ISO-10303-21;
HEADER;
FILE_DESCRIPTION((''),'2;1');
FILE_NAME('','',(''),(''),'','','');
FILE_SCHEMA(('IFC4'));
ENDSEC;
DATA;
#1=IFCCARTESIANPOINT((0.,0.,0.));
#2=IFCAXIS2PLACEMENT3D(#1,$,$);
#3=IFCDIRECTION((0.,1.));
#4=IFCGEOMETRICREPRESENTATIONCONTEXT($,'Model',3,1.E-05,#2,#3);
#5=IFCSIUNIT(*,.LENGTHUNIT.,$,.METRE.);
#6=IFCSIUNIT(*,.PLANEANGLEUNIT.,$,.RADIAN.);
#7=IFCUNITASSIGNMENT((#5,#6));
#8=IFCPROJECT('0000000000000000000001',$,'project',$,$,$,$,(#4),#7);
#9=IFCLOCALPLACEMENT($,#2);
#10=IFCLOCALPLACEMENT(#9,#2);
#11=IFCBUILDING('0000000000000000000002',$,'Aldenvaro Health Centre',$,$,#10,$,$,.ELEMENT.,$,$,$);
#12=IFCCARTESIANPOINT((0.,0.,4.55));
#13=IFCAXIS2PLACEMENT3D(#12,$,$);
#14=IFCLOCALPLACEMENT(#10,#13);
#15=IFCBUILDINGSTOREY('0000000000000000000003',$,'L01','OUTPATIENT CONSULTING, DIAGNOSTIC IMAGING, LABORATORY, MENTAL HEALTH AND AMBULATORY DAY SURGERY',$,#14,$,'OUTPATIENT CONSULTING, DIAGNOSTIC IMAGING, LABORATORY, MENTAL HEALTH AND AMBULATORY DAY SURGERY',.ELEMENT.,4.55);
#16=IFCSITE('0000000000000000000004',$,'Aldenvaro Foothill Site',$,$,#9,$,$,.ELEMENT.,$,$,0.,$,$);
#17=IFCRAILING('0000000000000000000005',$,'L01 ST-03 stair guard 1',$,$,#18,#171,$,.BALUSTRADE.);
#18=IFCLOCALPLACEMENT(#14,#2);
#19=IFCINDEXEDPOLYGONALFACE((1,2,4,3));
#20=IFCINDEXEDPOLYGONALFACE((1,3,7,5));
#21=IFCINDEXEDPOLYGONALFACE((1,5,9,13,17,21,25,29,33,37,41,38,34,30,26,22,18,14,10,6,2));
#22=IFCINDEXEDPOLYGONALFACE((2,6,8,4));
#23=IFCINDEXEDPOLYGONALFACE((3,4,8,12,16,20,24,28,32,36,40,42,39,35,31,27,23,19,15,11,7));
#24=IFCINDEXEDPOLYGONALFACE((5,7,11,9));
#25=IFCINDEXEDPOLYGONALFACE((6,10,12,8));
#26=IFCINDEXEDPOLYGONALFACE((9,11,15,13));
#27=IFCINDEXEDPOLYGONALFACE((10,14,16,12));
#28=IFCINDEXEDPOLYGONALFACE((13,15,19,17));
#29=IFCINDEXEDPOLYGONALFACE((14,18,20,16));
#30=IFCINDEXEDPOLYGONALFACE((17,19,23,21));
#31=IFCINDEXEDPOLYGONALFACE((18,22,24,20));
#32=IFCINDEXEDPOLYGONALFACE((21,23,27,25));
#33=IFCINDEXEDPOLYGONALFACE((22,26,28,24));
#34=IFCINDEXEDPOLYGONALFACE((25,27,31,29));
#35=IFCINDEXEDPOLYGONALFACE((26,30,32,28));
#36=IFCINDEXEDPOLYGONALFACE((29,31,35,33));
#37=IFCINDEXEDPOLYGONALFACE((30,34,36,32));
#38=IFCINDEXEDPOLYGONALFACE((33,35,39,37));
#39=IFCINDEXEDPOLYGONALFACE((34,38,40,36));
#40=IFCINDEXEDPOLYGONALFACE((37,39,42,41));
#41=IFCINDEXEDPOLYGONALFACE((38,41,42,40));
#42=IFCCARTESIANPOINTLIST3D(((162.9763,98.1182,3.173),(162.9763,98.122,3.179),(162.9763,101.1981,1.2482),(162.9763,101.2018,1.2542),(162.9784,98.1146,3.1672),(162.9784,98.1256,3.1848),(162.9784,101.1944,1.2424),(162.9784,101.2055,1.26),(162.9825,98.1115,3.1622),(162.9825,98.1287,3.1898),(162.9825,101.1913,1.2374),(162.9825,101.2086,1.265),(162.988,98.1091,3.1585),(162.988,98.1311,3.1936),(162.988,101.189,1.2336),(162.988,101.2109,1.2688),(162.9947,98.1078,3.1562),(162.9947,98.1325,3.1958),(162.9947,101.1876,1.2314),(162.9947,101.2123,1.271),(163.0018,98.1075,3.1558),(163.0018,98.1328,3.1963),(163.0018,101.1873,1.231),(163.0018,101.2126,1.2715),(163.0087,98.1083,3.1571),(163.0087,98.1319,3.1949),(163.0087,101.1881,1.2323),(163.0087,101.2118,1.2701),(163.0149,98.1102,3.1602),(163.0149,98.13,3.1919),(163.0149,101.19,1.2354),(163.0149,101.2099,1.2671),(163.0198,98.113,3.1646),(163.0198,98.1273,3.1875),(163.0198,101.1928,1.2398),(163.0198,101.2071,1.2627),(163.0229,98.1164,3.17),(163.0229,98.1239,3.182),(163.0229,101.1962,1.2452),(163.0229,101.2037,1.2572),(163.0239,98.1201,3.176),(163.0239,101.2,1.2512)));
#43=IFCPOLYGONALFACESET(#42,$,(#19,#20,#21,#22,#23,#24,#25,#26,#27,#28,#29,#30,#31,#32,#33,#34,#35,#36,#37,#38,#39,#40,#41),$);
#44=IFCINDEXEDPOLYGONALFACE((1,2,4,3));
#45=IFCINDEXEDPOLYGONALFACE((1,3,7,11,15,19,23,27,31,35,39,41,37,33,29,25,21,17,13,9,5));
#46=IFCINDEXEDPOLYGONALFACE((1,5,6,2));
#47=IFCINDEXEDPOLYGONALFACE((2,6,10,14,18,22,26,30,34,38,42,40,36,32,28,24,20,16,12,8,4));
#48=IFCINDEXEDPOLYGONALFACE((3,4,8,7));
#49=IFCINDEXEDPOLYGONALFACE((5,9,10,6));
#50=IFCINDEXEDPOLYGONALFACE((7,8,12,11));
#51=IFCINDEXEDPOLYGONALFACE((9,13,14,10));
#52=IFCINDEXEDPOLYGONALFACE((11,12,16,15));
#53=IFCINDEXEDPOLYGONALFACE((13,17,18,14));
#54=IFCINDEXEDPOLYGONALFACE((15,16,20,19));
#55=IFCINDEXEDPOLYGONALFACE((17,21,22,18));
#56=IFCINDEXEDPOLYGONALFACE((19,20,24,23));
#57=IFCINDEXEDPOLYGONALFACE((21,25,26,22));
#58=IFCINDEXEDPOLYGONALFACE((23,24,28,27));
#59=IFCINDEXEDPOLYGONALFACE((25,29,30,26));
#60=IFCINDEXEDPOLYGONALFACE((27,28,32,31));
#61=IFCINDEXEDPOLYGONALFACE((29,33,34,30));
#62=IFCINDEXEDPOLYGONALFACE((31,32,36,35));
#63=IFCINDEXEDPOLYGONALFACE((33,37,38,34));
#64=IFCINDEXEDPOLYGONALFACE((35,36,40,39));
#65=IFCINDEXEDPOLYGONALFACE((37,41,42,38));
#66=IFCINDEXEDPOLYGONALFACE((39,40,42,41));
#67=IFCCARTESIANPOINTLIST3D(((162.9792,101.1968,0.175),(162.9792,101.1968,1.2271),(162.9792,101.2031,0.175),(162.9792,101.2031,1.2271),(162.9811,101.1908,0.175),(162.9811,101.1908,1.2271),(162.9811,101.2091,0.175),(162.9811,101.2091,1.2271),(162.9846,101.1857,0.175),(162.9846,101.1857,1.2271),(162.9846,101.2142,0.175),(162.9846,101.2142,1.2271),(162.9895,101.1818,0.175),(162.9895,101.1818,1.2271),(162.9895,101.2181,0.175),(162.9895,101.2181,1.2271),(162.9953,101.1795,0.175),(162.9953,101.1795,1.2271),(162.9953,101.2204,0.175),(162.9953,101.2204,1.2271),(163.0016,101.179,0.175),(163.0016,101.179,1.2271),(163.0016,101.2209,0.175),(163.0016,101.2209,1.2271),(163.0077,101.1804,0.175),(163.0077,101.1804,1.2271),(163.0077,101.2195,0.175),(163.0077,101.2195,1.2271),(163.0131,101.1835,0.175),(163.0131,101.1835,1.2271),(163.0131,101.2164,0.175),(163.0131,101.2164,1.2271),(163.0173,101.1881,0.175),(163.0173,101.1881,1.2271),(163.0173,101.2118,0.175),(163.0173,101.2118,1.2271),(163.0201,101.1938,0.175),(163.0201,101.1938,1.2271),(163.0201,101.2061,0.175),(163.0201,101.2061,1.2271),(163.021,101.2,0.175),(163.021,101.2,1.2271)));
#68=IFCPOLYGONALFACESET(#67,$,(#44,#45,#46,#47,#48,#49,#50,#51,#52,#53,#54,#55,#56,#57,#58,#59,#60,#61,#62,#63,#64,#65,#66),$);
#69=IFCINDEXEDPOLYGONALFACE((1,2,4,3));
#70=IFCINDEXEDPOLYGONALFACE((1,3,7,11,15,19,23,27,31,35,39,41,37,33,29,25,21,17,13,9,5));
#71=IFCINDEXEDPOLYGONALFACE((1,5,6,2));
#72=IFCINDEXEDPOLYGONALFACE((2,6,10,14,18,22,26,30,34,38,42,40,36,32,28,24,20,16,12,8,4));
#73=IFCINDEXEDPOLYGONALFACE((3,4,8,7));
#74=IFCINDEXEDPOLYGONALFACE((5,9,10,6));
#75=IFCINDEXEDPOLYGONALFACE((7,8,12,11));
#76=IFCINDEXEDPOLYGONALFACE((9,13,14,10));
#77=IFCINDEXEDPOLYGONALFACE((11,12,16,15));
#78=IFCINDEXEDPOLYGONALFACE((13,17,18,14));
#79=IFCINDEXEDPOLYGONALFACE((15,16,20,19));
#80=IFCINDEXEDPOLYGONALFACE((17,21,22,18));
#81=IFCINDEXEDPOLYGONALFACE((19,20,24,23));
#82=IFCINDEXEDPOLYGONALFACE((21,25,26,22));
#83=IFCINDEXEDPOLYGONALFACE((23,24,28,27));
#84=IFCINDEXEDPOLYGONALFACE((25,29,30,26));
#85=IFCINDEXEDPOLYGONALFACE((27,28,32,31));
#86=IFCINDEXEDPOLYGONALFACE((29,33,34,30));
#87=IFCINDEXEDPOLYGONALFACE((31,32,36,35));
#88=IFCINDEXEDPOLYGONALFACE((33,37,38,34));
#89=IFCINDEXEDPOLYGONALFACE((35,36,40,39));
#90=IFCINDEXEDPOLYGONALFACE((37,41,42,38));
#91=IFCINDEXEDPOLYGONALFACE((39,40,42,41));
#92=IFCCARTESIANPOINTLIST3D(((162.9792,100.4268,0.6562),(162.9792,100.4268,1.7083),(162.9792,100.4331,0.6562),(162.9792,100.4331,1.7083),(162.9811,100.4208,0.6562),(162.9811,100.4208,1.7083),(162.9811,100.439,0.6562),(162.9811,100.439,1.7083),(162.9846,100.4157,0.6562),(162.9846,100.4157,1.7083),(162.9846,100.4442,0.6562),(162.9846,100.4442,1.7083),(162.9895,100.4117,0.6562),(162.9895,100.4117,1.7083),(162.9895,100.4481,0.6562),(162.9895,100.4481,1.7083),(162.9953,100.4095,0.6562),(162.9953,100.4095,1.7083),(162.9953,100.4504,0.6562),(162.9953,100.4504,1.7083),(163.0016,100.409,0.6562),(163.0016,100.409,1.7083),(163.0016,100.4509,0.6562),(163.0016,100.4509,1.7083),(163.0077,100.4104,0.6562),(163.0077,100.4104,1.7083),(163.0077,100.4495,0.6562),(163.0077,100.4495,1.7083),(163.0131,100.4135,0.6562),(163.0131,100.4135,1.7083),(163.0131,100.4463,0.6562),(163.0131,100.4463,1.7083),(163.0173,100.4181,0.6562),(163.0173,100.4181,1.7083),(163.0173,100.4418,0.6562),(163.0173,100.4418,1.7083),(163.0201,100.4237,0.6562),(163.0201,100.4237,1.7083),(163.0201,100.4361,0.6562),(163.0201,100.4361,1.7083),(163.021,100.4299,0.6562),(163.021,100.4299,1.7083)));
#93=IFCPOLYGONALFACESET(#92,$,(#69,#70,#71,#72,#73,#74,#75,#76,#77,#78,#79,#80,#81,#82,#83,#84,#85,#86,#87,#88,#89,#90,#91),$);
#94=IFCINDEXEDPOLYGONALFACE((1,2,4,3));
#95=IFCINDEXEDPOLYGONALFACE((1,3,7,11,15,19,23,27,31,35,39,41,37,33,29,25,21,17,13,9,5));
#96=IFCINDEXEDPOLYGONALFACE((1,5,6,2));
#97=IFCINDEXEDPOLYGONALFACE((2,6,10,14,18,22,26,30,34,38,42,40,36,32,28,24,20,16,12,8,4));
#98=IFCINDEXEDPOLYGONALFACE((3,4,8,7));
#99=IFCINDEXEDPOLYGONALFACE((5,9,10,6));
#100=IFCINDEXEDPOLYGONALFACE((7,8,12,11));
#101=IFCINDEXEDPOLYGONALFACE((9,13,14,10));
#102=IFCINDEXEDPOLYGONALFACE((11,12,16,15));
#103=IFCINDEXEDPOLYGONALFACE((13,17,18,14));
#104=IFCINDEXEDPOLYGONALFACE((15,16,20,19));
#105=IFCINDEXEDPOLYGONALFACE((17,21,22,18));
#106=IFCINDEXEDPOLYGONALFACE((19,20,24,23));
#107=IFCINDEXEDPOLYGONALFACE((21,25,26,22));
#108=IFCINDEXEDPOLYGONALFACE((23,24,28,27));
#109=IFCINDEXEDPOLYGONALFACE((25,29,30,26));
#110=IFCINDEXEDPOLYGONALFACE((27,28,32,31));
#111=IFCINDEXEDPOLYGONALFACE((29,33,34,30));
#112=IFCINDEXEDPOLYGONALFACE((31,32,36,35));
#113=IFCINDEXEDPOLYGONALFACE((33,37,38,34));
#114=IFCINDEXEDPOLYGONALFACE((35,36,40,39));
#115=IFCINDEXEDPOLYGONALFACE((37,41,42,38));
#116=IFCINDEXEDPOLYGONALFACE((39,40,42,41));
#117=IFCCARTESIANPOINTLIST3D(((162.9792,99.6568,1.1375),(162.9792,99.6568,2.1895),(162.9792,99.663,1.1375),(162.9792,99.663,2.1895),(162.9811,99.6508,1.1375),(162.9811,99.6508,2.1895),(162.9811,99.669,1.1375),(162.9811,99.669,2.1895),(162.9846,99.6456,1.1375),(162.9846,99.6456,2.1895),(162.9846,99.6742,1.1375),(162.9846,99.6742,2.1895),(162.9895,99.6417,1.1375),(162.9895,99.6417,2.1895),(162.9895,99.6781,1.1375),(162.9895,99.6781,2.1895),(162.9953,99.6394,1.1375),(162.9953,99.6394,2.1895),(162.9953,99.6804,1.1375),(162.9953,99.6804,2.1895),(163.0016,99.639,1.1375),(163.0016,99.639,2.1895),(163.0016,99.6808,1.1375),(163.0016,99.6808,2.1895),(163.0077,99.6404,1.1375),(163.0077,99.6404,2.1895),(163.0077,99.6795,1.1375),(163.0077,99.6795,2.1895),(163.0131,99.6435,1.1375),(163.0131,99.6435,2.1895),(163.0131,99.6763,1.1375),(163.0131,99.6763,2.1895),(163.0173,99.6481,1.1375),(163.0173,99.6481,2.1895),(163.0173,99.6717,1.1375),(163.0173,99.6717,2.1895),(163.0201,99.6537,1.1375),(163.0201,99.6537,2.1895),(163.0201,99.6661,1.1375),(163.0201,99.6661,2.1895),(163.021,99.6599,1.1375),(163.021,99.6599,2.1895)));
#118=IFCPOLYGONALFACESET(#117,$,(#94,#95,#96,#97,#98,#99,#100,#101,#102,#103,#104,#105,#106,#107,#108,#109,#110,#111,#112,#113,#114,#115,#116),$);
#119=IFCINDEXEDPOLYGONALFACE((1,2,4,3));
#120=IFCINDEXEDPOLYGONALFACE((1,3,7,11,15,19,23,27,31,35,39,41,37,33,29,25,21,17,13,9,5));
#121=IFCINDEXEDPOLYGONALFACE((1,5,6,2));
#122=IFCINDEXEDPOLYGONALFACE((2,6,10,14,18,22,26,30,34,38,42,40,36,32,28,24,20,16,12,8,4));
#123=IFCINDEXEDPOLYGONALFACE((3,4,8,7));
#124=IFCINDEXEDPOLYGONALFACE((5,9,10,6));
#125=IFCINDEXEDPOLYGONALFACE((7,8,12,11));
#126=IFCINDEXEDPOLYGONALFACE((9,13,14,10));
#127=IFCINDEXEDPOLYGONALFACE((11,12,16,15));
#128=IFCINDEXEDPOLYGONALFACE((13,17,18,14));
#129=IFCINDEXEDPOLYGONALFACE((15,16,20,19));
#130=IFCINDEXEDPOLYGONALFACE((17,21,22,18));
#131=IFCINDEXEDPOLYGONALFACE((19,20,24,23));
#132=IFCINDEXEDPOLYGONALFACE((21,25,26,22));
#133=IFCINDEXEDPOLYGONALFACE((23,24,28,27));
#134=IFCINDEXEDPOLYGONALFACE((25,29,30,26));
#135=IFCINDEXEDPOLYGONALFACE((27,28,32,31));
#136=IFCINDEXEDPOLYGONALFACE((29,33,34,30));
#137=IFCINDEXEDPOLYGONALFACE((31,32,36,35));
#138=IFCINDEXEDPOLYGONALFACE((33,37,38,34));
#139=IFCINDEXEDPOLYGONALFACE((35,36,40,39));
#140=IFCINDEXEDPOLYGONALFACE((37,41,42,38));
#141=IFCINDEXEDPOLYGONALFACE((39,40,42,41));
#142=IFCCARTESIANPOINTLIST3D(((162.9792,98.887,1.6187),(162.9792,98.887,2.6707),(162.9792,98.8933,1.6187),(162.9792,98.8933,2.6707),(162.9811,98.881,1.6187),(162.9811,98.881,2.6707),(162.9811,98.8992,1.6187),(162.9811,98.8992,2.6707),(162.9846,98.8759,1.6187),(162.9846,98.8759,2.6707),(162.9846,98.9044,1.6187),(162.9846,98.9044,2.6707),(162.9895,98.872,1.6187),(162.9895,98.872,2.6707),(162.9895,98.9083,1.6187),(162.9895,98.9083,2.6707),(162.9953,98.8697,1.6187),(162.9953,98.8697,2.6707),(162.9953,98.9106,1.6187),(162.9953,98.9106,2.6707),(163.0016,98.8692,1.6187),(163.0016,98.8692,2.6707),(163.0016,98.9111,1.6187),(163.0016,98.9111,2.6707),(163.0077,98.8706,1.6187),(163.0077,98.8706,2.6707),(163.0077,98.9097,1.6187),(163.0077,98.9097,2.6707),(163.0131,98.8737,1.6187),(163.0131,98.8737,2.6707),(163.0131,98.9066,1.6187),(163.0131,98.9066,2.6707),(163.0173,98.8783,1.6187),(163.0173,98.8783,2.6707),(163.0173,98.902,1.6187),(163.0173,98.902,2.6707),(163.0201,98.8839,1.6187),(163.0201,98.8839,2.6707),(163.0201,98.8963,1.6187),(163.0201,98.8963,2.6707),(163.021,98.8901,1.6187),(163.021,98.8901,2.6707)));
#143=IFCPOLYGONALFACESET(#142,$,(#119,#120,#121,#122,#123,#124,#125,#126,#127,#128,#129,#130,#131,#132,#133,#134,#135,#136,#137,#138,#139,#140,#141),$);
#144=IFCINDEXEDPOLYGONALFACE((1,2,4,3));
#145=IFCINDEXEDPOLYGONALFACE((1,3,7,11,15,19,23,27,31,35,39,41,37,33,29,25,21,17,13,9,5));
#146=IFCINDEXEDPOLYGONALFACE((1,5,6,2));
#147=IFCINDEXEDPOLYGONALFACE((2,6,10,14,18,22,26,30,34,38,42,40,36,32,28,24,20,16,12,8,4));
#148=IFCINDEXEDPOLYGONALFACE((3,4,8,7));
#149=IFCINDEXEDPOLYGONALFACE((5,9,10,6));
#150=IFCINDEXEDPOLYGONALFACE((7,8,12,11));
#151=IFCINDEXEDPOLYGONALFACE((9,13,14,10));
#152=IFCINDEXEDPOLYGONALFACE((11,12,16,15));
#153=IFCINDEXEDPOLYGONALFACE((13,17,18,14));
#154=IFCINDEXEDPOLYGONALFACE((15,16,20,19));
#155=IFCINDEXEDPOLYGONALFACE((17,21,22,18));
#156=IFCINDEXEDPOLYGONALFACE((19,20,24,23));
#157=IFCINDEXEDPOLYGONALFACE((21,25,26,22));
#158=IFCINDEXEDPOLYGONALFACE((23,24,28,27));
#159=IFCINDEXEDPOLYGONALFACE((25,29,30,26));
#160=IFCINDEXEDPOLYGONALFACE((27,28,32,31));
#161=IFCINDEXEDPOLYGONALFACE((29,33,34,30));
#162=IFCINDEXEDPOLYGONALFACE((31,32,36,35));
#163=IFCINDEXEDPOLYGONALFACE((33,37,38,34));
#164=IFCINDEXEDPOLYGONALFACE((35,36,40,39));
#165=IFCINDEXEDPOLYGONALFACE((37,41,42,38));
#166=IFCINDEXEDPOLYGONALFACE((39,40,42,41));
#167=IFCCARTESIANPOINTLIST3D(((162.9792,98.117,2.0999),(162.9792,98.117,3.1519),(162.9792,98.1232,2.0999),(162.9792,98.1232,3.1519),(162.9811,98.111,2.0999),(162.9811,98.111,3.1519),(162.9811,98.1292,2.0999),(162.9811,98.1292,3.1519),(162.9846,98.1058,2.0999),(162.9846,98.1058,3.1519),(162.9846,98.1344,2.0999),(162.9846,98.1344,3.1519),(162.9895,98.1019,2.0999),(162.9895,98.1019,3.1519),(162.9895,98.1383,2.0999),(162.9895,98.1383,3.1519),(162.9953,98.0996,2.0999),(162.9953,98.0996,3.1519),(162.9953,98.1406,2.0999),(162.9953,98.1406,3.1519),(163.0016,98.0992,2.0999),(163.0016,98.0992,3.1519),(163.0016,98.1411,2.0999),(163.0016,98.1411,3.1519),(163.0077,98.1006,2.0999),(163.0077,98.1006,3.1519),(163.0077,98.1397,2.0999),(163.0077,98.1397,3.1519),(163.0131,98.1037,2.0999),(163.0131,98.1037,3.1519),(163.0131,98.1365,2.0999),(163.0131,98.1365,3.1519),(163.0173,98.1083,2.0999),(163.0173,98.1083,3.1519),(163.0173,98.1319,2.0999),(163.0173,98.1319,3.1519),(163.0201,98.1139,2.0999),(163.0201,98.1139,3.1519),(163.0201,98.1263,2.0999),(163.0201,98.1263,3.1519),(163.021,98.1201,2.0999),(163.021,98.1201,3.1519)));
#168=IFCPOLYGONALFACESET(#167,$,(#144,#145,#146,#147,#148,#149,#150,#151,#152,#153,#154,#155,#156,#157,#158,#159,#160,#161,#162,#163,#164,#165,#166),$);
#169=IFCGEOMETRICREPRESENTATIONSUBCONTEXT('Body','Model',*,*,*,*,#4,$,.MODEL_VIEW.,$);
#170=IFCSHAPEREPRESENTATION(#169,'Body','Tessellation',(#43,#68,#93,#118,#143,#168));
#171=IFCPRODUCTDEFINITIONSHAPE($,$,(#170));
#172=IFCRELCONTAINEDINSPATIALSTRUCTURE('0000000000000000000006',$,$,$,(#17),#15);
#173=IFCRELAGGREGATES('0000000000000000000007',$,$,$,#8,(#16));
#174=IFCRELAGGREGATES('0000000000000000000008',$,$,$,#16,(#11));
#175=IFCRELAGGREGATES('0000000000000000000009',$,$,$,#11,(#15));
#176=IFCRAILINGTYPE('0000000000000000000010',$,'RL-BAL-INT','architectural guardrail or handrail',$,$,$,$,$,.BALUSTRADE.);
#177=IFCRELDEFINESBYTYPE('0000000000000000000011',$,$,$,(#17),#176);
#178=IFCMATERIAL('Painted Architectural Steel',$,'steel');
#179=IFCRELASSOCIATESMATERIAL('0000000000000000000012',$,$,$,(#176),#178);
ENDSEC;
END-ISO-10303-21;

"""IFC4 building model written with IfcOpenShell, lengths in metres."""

from ifc_helpers import new_model, si_unit, direction, frame, origin, origin_2d, place, context, subcontext, project, spatial, circle, extrude, material, type_object, element, save


model = new_model("IFC4")

# Units and contexts
model_context = context("Model", 3, precision=1e-05, world=origin(), true_north=direction((0.0, 1.0)))
body_context = subcontext(model_context, "Body", "Model", "MODEL_VIEW")
ifc_project = project(units=[si_unit("LENGTHUNIT", "METRE"), si_unit("PLANEANGLEUNIT", "RADIAN")], contexts=[model_context])

# Site, building, storey
site_placement = place(None, origin())
site = spatial("IfcSite", under=ifc_project, at=site_placement, Name="Aldenvaro Foothill Site", CompositionType="ELEMENT", RefElevation=0.0)
building_placement = place(site_placement, origin())
building = spatial("IfcBuilding", under=site, at=building_placement, Name="Aldenvaro Health Centre", CompositionType="ELEMENT")
storey_placement = place(building_placement, frame((0.0, 0.0, 4.55)))
storey = spatial("IfcBuildingStorey", under=building, at=storey_placement, Name="L01", Description="OUTPATIENT CONSULTING, DIAGNOSTIC IMAGING, LABORATORY, MENTAL HEALTH AND AMBULATORY DAY SURGERY", LongName="OUTPATIENT CONSULTING, DIAGNOSTIC IMAGING, LABORATORY, MENTAL HEALTH AND AMBULATORY DAY SURGERY", CompositionType="ELEMENT", Elevation=4.55)

# Railing
ifc_material_1 = material(Name="Painted Architectural Steel", Category="steel")
railing_type = type_object("IfcRailingType", Name="RL-BAL-INT", Description="architectural guardrail or handrail", PredefinedType="BALUSTRADE", material=ifc_material_1)
railing_1_placement = place(storey_placement, frame((163.0, 101.2, 0.175)))
element("IfcRailing", 1, at=railing_1_placement, inside=storey, type_object=railing_type, Name="L01 ST-03 stair guard 1", PredefinedType="BALUSTRADE", context=body_context, shape_type="SweptSolid", body=[
    extrude(circle(Radius=0.0239, at=origin_2d()), frame((0.0, 0.0, 1.0762), z_axis=(0.0, -0.84801, 0.529981), x_axis=(1.0, 0.0, 0.0)), (0.0, 0.0, 1.0), 3.6318),
    extrude(circle(Radius=0.021, at=origin_2d()), origin(), (0.0, 0.0, 1.0), 1.052),
    extrude(circle(Radius=0.021, at=origin_2d()), frame((0.0, -0.77, 0.4812)), (0.0, 0.0, 1.0), 1.052),
    extrude(circle(Radius=0.021, at=origin_2d()), frame((0.0, -1.54, 0.9624)), (0.0, 0.0, 1.0), 1.052),
    extrude(circle(Radius=0.021, at=origin_2d()), frame((0.0, -2.3098, 1.4436)), (0.0, 0.0, 1.0), 1.052),
    extrude(circle(Radius=0.021, at=origin_2d()), frame((0.0, -3.0798, 1.9248)), (0.0, 0.0, 1.0), 1.052),
])

save(model, "model.ifc")
